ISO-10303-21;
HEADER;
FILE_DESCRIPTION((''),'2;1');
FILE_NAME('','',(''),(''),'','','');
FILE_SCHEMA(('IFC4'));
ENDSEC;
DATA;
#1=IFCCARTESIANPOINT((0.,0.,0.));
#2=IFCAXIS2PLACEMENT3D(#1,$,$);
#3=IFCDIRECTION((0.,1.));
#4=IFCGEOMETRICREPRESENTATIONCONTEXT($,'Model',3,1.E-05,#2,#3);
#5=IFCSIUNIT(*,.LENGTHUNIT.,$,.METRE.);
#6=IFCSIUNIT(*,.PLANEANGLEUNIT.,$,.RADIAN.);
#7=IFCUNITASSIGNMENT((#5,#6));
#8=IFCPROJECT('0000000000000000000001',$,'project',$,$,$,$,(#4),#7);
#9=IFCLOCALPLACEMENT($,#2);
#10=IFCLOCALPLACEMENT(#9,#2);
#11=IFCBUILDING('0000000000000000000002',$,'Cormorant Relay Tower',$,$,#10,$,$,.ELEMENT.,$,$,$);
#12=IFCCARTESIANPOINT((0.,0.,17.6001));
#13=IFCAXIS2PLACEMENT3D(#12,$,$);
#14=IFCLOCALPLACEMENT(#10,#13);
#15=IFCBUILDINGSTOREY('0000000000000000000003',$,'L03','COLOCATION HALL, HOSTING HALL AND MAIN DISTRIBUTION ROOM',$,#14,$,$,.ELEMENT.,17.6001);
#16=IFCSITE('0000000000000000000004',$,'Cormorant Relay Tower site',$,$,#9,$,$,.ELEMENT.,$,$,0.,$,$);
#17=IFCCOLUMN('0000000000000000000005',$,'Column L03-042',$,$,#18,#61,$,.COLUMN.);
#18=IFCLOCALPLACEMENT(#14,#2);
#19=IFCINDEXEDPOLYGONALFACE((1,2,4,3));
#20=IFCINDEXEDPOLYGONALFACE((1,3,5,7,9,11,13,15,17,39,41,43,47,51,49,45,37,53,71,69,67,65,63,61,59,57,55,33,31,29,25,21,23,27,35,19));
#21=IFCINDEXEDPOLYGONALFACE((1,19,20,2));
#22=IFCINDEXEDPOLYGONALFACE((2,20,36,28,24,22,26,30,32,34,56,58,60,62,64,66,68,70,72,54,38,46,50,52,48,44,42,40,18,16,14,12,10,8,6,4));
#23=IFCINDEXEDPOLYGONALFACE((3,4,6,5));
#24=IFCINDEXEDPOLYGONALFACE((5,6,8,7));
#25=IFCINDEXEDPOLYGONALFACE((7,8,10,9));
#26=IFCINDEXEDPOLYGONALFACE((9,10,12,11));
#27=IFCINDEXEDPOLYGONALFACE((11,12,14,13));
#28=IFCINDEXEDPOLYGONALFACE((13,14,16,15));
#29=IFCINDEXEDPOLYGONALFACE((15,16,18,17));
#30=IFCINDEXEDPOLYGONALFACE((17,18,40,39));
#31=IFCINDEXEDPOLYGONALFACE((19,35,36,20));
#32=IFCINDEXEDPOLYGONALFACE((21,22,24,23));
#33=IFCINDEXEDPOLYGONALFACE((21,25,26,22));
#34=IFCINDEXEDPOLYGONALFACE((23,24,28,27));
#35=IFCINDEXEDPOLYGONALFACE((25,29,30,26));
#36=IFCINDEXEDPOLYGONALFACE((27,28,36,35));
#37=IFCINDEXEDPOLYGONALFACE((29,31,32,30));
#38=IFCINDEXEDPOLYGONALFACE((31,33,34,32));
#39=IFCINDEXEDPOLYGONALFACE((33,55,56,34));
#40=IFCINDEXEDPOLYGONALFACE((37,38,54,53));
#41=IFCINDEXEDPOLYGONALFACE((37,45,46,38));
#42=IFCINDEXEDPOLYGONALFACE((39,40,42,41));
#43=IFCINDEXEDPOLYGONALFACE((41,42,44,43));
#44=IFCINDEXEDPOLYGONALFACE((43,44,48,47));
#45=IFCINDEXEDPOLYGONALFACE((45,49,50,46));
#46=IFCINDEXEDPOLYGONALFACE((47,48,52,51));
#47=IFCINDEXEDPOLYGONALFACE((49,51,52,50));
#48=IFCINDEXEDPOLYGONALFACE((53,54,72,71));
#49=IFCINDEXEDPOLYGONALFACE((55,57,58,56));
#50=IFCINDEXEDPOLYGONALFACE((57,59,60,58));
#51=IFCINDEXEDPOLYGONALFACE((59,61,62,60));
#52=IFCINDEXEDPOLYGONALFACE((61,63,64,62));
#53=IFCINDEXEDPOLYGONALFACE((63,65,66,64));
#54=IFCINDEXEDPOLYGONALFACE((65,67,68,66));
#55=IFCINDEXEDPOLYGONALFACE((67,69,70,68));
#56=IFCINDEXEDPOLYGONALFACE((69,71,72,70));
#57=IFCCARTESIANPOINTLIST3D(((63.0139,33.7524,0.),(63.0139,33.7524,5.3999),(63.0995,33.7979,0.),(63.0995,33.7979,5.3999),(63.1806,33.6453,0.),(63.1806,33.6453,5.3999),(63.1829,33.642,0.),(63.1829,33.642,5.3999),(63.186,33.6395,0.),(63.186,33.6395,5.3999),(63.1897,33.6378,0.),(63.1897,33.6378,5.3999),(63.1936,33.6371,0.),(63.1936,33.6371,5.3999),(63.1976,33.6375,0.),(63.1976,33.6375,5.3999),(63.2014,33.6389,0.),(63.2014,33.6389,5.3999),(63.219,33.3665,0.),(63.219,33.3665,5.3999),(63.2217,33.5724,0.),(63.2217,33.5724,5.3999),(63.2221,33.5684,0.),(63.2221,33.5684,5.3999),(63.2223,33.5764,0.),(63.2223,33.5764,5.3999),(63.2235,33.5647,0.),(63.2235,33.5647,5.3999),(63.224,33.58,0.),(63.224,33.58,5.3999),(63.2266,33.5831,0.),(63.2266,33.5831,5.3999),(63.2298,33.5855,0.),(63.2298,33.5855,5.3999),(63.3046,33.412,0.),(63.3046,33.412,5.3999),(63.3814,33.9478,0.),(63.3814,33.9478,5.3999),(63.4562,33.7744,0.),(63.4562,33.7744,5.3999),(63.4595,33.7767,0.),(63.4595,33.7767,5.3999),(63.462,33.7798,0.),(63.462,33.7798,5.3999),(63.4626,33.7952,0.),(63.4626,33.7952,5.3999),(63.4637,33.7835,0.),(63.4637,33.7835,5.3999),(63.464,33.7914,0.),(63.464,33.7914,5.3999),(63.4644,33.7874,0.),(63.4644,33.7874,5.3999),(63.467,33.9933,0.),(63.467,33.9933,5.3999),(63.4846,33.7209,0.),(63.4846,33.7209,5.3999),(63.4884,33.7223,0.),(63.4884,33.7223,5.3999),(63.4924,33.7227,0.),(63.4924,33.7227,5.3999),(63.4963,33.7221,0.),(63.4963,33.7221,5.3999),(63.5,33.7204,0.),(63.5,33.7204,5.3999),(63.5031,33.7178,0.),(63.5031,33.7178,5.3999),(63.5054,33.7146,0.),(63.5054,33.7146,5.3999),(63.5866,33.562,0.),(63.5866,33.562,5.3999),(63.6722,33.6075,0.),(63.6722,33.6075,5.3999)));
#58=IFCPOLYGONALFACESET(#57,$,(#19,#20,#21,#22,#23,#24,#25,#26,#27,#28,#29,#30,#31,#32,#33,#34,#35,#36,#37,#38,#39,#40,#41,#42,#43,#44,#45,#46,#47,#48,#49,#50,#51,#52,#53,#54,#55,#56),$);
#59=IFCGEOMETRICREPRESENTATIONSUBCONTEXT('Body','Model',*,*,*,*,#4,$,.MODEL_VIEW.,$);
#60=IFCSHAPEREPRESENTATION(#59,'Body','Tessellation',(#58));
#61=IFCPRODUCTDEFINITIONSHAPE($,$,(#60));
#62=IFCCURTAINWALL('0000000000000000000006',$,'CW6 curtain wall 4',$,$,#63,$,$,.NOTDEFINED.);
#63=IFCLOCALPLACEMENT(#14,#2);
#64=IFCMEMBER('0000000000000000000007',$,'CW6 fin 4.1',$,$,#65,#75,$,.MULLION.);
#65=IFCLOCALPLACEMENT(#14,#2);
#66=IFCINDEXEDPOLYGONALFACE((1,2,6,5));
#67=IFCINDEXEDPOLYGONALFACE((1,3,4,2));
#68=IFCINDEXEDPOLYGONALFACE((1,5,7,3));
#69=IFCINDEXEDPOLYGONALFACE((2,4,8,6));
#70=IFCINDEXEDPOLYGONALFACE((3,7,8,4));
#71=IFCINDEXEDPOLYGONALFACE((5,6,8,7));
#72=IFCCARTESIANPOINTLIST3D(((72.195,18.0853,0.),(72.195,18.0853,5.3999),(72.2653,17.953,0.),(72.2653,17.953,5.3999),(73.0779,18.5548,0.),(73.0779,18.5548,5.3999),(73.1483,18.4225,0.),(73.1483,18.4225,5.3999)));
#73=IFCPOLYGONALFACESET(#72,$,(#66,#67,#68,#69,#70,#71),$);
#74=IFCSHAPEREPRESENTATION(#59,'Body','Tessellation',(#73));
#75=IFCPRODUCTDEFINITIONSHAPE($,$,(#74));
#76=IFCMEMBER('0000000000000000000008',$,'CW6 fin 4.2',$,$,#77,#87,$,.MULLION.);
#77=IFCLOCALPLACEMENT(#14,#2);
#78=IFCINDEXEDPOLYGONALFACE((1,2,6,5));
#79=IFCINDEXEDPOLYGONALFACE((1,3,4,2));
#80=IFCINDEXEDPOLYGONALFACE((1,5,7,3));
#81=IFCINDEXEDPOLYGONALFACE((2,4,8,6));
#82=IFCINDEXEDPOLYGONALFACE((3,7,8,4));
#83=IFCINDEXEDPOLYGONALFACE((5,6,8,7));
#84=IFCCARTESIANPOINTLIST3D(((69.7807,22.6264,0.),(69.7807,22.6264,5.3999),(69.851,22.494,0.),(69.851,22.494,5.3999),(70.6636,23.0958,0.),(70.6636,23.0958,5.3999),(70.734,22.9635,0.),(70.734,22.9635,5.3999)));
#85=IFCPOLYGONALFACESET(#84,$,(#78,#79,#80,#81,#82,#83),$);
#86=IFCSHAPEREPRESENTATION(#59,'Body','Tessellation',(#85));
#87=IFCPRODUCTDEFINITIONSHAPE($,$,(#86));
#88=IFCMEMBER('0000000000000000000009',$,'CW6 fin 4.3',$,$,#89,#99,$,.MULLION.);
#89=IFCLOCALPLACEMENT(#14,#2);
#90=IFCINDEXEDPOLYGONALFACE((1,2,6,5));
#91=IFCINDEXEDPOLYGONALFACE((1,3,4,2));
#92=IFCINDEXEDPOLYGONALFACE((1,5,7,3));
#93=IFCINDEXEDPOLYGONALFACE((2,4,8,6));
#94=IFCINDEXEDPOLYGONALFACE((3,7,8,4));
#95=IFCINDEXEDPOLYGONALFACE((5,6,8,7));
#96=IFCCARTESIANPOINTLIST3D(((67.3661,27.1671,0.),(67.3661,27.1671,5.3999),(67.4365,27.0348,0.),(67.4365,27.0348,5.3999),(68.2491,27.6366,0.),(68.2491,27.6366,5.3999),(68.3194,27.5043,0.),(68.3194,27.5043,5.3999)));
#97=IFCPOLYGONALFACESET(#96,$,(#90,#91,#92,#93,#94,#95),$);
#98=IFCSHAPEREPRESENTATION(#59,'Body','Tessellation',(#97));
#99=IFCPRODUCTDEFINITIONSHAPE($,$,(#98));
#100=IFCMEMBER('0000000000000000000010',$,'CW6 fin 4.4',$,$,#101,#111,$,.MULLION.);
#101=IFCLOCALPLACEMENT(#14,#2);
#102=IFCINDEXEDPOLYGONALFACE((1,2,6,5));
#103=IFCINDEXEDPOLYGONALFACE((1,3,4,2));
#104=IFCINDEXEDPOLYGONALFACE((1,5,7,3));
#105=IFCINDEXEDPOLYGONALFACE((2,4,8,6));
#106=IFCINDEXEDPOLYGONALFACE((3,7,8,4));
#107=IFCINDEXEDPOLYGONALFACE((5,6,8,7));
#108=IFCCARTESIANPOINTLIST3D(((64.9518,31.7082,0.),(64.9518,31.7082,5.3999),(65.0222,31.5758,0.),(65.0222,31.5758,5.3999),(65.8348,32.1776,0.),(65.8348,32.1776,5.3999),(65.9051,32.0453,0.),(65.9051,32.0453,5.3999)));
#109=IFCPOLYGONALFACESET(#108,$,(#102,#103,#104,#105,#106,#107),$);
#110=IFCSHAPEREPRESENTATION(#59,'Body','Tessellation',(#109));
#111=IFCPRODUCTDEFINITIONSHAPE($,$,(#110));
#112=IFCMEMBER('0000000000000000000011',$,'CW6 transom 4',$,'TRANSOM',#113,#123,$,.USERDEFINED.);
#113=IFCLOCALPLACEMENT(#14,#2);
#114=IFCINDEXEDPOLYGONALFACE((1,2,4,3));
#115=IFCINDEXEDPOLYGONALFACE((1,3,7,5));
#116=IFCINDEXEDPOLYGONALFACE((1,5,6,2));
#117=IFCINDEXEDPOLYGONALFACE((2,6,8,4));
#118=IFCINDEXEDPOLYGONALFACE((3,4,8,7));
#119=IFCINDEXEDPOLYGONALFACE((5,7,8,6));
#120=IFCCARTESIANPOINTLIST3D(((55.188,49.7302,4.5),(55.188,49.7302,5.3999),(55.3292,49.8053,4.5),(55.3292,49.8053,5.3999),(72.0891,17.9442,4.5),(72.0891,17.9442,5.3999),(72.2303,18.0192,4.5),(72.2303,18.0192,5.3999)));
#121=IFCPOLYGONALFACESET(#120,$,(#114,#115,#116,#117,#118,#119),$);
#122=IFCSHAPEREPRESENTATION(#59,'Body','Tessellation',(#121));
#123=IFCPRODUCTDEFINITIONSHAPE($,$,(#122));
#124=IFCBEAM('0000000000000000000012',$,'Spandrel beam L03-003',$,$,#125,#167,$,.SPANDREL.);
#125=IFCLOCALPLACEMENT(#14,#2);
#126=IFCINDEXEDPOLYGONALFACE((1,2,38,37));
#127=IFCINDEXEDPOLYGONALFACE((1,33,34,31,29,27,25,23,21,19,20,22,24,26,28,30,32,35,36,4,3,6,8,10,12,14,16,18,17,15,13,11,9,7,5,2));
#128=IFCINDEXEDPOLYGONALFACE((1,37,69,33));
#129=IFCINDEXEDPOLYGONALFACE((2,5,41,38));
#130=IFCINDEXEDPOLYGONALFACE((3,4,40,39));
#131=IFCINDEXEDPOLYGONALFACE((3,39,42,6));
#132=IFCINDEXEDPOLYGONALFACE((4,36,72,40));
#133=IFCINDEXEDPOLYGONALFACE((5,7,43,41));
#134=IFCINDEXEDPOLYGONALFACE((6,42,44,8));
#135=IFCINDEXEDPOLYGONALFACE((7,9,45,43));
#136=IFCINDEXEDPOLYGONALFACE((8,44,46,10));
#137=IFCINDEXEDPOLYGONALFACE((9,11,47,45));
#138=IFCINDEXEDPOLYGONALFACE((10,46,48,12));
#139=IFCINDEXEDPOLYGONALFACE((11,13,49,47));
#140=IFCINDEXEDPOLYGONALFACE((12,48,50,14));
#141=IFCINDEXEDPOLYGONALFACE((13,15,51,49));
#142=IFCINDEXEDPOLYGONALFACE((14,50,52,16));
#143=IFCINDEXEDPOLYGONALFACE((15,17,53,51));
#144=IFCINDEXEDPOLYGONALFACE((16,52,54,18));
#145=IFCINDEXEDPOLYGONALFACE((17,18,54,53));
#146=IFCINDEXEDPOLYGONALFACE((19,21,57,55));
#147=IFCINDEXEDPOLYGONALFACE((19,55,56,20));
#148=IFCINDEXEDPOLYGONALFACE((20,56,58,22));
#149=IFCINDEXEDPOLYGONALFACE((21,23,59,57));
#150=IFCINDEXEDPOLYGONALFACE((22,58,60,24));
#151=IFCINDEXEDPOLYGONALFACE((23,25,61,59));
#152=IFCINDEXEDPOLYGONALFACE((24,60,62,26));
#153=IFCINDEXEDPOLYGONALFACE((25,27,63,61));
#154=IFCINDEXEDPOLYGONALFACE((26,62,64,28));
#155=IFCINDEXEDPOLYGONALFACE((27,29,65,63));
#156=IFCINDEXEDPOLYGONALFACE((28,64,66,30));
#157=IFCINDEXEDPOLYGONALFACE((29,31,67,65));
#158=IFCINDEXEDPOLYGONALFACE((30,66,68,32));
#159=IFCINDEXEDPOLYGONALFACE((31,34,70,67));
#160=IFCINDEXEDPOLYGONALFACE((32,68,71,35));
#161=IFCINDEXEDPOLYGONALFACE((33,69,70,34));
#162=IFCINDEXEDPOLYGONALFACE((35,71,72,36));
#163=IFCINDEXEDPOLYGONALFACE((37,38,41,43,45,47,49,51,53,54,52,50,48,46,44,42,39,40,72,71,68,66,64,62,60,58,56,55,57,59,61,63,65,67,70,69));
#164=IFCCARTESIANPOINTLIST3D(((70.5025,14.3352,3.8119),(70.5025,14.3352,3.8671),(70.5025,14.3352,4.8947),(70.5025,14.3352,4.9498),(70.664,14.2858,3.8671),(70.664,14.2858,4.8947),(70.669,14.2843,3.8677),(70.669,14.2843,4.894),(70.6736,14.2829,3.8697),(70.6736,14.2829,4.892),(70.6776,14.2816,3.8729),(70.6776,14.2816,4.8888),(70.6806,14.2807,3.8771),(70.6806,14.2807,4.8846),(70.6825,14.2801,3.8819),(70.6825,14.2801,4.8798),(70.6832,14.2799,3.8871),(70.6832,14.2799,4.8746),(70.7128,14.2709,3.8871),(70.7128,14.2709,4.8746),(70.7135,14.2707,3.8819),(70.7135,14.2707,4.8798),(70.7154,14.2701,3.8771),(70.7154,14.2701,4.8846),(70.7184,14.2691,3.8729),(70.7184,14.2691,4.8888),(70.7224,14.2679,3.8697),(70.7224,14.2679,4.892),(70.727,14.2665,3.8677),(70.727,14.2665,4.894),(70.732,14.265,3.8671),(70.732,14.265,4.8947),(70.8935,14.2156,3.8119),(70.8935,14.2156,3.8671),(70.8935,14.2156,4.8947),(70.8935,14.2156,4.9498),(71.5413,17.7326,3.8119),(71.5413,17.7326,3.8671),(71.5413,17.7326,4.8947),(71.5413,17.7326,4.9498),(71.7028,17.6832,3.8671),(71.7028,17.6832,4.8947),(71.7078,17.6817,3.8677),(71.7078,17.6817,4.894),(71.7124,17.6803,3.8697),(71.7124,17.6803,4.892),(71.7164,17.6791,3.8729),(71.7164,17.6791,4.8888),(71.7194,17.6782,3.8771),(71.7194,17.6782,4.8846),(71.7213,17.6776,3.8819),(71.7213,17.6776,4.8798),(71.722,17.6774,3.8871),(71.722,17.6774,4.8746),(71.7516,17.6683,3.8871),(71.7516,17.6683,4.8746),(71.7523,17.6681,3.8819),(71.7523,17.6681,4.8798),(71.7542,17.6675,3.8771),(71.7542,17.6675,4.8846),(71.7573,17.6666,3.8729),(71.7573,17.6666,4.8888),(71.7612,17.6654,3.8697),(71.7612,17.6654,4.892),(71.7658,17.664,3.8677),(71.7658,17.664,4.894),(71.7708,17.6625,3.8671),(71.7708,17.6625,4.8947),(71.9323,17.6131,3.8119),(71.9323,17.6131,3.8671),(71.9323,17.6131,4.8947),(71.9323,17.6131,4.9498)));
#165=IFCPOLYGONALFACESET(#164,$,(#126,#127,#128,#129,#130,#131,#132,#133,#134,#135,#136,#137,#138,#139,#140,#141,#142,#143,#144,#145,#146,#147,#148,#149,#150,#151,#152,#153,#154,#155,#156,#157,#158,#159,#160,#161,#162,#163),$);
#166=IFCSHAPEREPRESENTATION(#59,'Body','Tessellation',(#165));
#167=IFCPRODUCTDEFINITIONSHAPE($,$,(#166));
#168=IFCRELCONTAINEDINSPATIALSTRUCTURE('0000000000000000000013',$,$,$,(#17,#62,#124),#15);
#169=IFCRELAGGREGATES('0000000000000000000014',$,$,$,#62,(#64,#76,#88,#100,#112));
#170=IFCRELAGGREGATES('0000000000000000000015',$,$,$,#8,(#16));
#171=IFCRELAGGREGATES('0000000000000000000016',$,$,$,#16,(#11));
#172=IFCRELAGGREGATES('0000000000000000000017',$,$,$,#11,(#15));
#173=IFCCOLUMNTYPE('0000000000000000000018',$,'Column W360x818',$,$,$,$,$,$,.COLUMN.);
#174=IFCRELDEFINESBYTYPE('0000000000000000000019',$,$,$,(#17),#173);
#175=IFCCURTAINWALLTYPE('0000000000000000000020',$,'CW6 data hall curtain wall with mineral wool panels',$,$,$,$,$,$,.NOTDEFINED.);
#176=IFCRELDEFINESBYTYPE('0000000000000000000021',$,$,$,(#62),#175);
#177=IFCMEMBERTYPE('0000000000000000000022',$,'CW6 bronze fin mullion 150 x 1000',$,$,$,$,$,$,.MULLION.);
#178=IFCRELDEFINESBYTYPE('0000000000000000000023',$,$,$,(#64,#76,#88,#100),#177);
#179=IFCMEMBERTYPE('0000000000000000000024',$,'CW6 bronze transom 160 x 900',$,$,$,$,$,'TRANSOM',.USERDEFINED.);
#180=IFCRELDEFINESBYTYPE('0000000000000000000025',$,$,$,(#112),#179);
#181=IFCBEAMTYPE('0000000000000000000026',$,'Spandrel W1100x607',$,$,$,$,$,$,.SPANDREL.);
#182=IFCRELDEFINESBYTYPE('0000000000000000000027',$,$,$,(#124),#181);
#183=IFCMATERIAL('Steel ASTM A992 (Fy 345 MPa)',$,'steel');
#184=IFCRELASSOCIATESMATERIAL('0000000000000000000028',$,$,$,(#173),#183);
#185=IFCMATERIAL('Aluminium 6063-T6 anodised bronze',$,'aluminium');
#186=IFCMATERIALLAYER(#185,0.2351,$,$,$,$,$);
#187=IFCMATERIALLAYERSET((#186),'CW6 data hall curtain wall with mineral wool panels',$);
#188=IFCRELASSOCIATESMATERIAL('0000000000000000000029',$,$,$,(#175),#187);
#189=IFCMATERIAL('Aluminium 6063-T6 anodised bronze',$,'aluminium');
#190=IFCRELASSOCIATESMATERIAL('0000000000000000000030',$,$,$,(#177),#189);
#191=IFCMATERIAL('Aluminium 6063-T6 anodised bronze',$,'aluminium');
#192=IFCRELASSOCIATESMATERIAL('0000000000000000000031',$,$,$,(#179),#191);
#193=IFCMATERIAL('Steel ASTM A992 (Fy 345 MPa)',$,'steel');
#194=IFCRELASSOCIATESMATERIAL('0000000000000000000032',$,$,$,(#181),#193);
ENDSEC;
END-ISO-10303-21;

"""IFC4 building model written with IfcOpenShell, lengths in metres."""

from ifc_helpers import new_model, si_unit, direction, frame, origin, origin_2d, place, context, subcontext, project, spatial, rectangle, i_section, extrude, material, layer, layer_set, material_profile, profile_set, type_object, element, aggregate, save


model = new_model("IFC4")

# Units and contexts
model_context = context("Model", 3, precision=1e-05, world=origin(), true_north=direction((0.0, 1.0)))
body_context = subcontext(model_context, "Body", "Model", "MODEL_VIEW")
ifc_project = project(units=[si_unit("LENGTHUNIT", "METRE"), si_unit("PLANEANGLEUNIT", "RADIAN")], contexts=[model_context])

# Site, building, storey
site_placement = place(None, origin())
site = spatial("IfcSite", under=ifc_project, at=site_placement, Name="Cormorant Relay Tower site", CompositionType="ELEMENT", RefElevation=0.0)
building_placement = place(site_placement, origin())
building = spatial("IfcBuilding", under=site, at=building_placement, Name="Cormorant Relay Tower", CompositionType="ELEMENT")
storey_placement = place(building_placement, frame((0.0, 0.0, 17.6001)))
storey = spatial("IfcBuildingStorey", under=building, at=storey_placement, Name="L03", Description="COLOCATION HALL, HOSTING HALL AND MAIN DISTRIBUTION ROOM", CompositionType="ELEMENT", Elevation=17.6001)

# Column
ifc_material_1 = material(Name="Steel ASTM A992 (Fy 345 MPa)", Category="steel")
ifc_material_profile_1 = material_profile(ifc_material_1, i_section(OverallWidth=0.437, OverallDepth=0.5132, WebThickness=0.0605, FlangeThickness=0.0969, FilletRadius=0.0154, at=origin_2d()), Name="W360x818")
ifc_profile_set_1 = profile_set([ifc_material_profile_1], Name="Steel ASTM A992 (Fy 345 MPa)")
column_type_1 = type_object("IfcColumnType", Name="Column W360x818", PredefinedType="COLUMN", material=ifc_profile_set_1)
for number, where, z_axis, x_axis, name in (
    (1, (63.343, 33.6799, 0.0), (0.0, 0.0, 1.0), (-0.469472, 0.882948, 0.0), "Column L03-042"),
):
    element("IfcColumn", number, at=place(storey_placement, frame(where, z_axis=z_axis, x_axis=x_axis)), inside=storey, type_object=column_type_1, Name=name, PredefinedType="COLUMN", context=body_context, shape_type="SweptSolid", body=[
        extrude(i_section(OverallWidth=0.437, OverallDepth=0.5132, WebThickness=0.0605, FlangeThickness=0.0969, FilletRadius=0.0154, at=origin_2d()), origin(), (0.0, 0.0, 1.0), 5.3999),
    ])

# Curtain wall, members
ifc_material_2 = material(Name="Aluminium 6063-T6 anodised bronze", Category="aluminium")
ifc_layer_1 = layer(ifc_material_2, 0.2351)
ifc_layer_set_1 = layer_set([ifc_layer_1], Name="CW6 data hall curtain wall with mineral wool panels")
curtain_wall_type = type_object("IfcCurtainWallType", Name="CW6 data hall curtain wall with mineral wool panels", PredefinedType="NOTDEFINED", material=ifc_layer_set_1)
curtain_wall_1_placement = place(storey_placement, origin())
curtain_wall_1 = element("IfcCurtainWall", 2, at=curtain_wall_1_placement, inside=storey, type_object=curtain_wall_type, Name="CW6 curtain wall 4", PredefinedType="NOTDEFINED")
ifc_material_3 = material(Name="Aluminium 6063-T6 anodised bronze", Category="aluminium")
ifc_material_profile_2 = material_profile(ifc_material_3, rectangle(XDim=0.1499, YDim=1.0, at=origin_2d()), Name="AL 150x1000")
ifc_profile_set_2 = profile_set([ifc_material_profile_2], Name="Aluminium 6063-T6 anodised bronze")
member_type_1 = type_object("IfcMemberType", Name="CW6 bronze fin mullion 150 x 1000", PredefinedType="MULLION", material=ifc_profile_set_2)
member_1_placement = place(storey_placement, frame((72.6716, 18.2539, 0.0), z_axis=(0.0, 0.0, 1.0), x_axis=(-0.469472, 0.882948, 0.0)))
member_1 = element("IfcMember", 3, at=member_1_placement, type_object=member_type_1, Name="CW6 fin 4.1", PredefinedType="MULLION", context=body_context, shape_type="SweptSolid", body=[
    extrude(rectangle(XDim=0.1499, YDim=1.0, at=origin_2d()), origin(), (0.0, 0.0, 1.0), 5.3999),
])
member_2_placement = place(storey_placement, frame((70.2573, 22.7949, 0.0), z_axis=(0.0, 0.0, 1.0), x_axis=(-0.469472, 0.882948, 0.0)))
member_2 = element("IfcMember", 4, at=member_2_placement, type_object=member_type_1, Name="CW6 fin 4.2", PredefinedType="MULLION", context=body_context, shape_type="SweptSolid", body=[
    extrude(rectangle(XDim=0.1499, YDim=1.0, at=origin_2d()), origin(), (0.0, 0.0, 1.0), 5.3999),
])
member_3_placement = place(storey_placement, frame((67.8428, 27.3357, 0.0), z_axis=(0.0, 0.0, 1.0), x_axis=(-0.469472, 0.882948, 0.0)))
member_3 = element("IfcMember", 5, at=member_3_placement, type_object=member_type_1, Name="CW6 fin 4.3", PredefinedType="MULLION", context=body_context, shape_type="SweptSolid", body=[
    extrude(rectangle(XDim=0.1499, YDim=1.0, at=origin_2d()), origin(), (0.0, 0.0, 1.0), 5.3999),
])
member_4_placement = place(storey_placement, frame((65.4285, 31.8767, 0.0), z_axis=(0.0, 0.0, 1.0), x_axis=(-0.469472, 0.882948, 0.0)))
member_4 = element("IfcMember", 6, at=member_4_placement, type_object=member_type_1, Name="CW6 fin 4.4", PredefinedType="MULLION", context=body_context, shape_type="SweptSolid", body=[
    extrude(rectangle(XDim=0.1499, YDim=1.0, at=origin_2d()), origin(), (0.0, 0.0, 1.0), 5.3999),
])
ifc_material_4 = material(Name="Aluminium 6063-T6 anodised bronze", Category="aluminium")
ifc_material_profile_3 = material_profile(ifc_material_4, rectangle(XDim=0.1599, YDim=0.8999, at=origin_2d()), Name="AL 160x900")
ifc_profile_set_3 = profile_set([ifc_material_profile_3], Name="Aluminium 6063-T6 anodised bronze")
member_type_2 = type_object("IfcMemberType", Name="CW6 bronze transom 160 x 900", ElementType="TRANSOM", PredefinedType="USERDEFINED", material=ifc_profile_set_3)
member_5_placement = place(storey_placement, frame((72.1597, 17.9817, 4.95), z_axis=(-0.469475, 0.882946, 0.0), x_axis=(-0.882946, -0.469475, 0.0)))
member_5 = element("IfcMember", 7, at=member_5_placement, type_object=member_type_2, Name="CW6 transom 4", ObjectType="TRANSOM", PredefinedType="USERDEFINED", context=body_context, shape_type="SweptSolid", body=[
    extrude(rectangle(XDim=0.1599, YDim=0.8999, at=origin_2d()), origin(), (0.0, 0.0, 1.0), 36.0),
])

# Beam
ifc_material_5 = material(Name="Steel ASTM A992 (Fy 345 MPa)", Category="steel")
ifc_material_profile_4 = material_profile(ifc_material_5, i_section(OverallWidth=0.4089, OverallDepth=1.1379, WebThickness=0.031, FlangeThickness=0.0552, FilletRadius=0.02, at=origin_2d()), Name="W1100x607")
ifc_profile_set_4 = profile_set([ifc_material_profile_4], Name="Steel ASTM A992 (Fy 345 MPa)")
beam_type = type_object("IfcBeamType", Name="Spandrel W1100x607", PredefinedType="SPANDREL", material=ifc_profile_set_4)
beam_1_placement = place(storey_placement, frame((70.698, 14.2754, 4.3809), z_axis=(0.2924, 0.956296, 0.0), x_axis=(-0.956296, 0.2924, 0.0)))
element("IfcBeam", 8, at=beam_1_placement, inside=storey, type_object=beam_type, Name="Spandrel beam L03-003", PredefinedType="SPANDREL", context=body_context, shape_type="SweptSolid", body=[
    extrude(i_section(OverallWidth=0.4089, OverallDepth=1.1379, WebThickness=0.031, FlangeThickness=0.0552, FilletRadius=0.02, at=origin_2d()), origin(), (0.0, 0.0, 1.0), 3.5527),
])

aggregate(curtain_wall_1, [member_1, member_2, member_3, member_4, member_5])

save(model, "model.ifc")
